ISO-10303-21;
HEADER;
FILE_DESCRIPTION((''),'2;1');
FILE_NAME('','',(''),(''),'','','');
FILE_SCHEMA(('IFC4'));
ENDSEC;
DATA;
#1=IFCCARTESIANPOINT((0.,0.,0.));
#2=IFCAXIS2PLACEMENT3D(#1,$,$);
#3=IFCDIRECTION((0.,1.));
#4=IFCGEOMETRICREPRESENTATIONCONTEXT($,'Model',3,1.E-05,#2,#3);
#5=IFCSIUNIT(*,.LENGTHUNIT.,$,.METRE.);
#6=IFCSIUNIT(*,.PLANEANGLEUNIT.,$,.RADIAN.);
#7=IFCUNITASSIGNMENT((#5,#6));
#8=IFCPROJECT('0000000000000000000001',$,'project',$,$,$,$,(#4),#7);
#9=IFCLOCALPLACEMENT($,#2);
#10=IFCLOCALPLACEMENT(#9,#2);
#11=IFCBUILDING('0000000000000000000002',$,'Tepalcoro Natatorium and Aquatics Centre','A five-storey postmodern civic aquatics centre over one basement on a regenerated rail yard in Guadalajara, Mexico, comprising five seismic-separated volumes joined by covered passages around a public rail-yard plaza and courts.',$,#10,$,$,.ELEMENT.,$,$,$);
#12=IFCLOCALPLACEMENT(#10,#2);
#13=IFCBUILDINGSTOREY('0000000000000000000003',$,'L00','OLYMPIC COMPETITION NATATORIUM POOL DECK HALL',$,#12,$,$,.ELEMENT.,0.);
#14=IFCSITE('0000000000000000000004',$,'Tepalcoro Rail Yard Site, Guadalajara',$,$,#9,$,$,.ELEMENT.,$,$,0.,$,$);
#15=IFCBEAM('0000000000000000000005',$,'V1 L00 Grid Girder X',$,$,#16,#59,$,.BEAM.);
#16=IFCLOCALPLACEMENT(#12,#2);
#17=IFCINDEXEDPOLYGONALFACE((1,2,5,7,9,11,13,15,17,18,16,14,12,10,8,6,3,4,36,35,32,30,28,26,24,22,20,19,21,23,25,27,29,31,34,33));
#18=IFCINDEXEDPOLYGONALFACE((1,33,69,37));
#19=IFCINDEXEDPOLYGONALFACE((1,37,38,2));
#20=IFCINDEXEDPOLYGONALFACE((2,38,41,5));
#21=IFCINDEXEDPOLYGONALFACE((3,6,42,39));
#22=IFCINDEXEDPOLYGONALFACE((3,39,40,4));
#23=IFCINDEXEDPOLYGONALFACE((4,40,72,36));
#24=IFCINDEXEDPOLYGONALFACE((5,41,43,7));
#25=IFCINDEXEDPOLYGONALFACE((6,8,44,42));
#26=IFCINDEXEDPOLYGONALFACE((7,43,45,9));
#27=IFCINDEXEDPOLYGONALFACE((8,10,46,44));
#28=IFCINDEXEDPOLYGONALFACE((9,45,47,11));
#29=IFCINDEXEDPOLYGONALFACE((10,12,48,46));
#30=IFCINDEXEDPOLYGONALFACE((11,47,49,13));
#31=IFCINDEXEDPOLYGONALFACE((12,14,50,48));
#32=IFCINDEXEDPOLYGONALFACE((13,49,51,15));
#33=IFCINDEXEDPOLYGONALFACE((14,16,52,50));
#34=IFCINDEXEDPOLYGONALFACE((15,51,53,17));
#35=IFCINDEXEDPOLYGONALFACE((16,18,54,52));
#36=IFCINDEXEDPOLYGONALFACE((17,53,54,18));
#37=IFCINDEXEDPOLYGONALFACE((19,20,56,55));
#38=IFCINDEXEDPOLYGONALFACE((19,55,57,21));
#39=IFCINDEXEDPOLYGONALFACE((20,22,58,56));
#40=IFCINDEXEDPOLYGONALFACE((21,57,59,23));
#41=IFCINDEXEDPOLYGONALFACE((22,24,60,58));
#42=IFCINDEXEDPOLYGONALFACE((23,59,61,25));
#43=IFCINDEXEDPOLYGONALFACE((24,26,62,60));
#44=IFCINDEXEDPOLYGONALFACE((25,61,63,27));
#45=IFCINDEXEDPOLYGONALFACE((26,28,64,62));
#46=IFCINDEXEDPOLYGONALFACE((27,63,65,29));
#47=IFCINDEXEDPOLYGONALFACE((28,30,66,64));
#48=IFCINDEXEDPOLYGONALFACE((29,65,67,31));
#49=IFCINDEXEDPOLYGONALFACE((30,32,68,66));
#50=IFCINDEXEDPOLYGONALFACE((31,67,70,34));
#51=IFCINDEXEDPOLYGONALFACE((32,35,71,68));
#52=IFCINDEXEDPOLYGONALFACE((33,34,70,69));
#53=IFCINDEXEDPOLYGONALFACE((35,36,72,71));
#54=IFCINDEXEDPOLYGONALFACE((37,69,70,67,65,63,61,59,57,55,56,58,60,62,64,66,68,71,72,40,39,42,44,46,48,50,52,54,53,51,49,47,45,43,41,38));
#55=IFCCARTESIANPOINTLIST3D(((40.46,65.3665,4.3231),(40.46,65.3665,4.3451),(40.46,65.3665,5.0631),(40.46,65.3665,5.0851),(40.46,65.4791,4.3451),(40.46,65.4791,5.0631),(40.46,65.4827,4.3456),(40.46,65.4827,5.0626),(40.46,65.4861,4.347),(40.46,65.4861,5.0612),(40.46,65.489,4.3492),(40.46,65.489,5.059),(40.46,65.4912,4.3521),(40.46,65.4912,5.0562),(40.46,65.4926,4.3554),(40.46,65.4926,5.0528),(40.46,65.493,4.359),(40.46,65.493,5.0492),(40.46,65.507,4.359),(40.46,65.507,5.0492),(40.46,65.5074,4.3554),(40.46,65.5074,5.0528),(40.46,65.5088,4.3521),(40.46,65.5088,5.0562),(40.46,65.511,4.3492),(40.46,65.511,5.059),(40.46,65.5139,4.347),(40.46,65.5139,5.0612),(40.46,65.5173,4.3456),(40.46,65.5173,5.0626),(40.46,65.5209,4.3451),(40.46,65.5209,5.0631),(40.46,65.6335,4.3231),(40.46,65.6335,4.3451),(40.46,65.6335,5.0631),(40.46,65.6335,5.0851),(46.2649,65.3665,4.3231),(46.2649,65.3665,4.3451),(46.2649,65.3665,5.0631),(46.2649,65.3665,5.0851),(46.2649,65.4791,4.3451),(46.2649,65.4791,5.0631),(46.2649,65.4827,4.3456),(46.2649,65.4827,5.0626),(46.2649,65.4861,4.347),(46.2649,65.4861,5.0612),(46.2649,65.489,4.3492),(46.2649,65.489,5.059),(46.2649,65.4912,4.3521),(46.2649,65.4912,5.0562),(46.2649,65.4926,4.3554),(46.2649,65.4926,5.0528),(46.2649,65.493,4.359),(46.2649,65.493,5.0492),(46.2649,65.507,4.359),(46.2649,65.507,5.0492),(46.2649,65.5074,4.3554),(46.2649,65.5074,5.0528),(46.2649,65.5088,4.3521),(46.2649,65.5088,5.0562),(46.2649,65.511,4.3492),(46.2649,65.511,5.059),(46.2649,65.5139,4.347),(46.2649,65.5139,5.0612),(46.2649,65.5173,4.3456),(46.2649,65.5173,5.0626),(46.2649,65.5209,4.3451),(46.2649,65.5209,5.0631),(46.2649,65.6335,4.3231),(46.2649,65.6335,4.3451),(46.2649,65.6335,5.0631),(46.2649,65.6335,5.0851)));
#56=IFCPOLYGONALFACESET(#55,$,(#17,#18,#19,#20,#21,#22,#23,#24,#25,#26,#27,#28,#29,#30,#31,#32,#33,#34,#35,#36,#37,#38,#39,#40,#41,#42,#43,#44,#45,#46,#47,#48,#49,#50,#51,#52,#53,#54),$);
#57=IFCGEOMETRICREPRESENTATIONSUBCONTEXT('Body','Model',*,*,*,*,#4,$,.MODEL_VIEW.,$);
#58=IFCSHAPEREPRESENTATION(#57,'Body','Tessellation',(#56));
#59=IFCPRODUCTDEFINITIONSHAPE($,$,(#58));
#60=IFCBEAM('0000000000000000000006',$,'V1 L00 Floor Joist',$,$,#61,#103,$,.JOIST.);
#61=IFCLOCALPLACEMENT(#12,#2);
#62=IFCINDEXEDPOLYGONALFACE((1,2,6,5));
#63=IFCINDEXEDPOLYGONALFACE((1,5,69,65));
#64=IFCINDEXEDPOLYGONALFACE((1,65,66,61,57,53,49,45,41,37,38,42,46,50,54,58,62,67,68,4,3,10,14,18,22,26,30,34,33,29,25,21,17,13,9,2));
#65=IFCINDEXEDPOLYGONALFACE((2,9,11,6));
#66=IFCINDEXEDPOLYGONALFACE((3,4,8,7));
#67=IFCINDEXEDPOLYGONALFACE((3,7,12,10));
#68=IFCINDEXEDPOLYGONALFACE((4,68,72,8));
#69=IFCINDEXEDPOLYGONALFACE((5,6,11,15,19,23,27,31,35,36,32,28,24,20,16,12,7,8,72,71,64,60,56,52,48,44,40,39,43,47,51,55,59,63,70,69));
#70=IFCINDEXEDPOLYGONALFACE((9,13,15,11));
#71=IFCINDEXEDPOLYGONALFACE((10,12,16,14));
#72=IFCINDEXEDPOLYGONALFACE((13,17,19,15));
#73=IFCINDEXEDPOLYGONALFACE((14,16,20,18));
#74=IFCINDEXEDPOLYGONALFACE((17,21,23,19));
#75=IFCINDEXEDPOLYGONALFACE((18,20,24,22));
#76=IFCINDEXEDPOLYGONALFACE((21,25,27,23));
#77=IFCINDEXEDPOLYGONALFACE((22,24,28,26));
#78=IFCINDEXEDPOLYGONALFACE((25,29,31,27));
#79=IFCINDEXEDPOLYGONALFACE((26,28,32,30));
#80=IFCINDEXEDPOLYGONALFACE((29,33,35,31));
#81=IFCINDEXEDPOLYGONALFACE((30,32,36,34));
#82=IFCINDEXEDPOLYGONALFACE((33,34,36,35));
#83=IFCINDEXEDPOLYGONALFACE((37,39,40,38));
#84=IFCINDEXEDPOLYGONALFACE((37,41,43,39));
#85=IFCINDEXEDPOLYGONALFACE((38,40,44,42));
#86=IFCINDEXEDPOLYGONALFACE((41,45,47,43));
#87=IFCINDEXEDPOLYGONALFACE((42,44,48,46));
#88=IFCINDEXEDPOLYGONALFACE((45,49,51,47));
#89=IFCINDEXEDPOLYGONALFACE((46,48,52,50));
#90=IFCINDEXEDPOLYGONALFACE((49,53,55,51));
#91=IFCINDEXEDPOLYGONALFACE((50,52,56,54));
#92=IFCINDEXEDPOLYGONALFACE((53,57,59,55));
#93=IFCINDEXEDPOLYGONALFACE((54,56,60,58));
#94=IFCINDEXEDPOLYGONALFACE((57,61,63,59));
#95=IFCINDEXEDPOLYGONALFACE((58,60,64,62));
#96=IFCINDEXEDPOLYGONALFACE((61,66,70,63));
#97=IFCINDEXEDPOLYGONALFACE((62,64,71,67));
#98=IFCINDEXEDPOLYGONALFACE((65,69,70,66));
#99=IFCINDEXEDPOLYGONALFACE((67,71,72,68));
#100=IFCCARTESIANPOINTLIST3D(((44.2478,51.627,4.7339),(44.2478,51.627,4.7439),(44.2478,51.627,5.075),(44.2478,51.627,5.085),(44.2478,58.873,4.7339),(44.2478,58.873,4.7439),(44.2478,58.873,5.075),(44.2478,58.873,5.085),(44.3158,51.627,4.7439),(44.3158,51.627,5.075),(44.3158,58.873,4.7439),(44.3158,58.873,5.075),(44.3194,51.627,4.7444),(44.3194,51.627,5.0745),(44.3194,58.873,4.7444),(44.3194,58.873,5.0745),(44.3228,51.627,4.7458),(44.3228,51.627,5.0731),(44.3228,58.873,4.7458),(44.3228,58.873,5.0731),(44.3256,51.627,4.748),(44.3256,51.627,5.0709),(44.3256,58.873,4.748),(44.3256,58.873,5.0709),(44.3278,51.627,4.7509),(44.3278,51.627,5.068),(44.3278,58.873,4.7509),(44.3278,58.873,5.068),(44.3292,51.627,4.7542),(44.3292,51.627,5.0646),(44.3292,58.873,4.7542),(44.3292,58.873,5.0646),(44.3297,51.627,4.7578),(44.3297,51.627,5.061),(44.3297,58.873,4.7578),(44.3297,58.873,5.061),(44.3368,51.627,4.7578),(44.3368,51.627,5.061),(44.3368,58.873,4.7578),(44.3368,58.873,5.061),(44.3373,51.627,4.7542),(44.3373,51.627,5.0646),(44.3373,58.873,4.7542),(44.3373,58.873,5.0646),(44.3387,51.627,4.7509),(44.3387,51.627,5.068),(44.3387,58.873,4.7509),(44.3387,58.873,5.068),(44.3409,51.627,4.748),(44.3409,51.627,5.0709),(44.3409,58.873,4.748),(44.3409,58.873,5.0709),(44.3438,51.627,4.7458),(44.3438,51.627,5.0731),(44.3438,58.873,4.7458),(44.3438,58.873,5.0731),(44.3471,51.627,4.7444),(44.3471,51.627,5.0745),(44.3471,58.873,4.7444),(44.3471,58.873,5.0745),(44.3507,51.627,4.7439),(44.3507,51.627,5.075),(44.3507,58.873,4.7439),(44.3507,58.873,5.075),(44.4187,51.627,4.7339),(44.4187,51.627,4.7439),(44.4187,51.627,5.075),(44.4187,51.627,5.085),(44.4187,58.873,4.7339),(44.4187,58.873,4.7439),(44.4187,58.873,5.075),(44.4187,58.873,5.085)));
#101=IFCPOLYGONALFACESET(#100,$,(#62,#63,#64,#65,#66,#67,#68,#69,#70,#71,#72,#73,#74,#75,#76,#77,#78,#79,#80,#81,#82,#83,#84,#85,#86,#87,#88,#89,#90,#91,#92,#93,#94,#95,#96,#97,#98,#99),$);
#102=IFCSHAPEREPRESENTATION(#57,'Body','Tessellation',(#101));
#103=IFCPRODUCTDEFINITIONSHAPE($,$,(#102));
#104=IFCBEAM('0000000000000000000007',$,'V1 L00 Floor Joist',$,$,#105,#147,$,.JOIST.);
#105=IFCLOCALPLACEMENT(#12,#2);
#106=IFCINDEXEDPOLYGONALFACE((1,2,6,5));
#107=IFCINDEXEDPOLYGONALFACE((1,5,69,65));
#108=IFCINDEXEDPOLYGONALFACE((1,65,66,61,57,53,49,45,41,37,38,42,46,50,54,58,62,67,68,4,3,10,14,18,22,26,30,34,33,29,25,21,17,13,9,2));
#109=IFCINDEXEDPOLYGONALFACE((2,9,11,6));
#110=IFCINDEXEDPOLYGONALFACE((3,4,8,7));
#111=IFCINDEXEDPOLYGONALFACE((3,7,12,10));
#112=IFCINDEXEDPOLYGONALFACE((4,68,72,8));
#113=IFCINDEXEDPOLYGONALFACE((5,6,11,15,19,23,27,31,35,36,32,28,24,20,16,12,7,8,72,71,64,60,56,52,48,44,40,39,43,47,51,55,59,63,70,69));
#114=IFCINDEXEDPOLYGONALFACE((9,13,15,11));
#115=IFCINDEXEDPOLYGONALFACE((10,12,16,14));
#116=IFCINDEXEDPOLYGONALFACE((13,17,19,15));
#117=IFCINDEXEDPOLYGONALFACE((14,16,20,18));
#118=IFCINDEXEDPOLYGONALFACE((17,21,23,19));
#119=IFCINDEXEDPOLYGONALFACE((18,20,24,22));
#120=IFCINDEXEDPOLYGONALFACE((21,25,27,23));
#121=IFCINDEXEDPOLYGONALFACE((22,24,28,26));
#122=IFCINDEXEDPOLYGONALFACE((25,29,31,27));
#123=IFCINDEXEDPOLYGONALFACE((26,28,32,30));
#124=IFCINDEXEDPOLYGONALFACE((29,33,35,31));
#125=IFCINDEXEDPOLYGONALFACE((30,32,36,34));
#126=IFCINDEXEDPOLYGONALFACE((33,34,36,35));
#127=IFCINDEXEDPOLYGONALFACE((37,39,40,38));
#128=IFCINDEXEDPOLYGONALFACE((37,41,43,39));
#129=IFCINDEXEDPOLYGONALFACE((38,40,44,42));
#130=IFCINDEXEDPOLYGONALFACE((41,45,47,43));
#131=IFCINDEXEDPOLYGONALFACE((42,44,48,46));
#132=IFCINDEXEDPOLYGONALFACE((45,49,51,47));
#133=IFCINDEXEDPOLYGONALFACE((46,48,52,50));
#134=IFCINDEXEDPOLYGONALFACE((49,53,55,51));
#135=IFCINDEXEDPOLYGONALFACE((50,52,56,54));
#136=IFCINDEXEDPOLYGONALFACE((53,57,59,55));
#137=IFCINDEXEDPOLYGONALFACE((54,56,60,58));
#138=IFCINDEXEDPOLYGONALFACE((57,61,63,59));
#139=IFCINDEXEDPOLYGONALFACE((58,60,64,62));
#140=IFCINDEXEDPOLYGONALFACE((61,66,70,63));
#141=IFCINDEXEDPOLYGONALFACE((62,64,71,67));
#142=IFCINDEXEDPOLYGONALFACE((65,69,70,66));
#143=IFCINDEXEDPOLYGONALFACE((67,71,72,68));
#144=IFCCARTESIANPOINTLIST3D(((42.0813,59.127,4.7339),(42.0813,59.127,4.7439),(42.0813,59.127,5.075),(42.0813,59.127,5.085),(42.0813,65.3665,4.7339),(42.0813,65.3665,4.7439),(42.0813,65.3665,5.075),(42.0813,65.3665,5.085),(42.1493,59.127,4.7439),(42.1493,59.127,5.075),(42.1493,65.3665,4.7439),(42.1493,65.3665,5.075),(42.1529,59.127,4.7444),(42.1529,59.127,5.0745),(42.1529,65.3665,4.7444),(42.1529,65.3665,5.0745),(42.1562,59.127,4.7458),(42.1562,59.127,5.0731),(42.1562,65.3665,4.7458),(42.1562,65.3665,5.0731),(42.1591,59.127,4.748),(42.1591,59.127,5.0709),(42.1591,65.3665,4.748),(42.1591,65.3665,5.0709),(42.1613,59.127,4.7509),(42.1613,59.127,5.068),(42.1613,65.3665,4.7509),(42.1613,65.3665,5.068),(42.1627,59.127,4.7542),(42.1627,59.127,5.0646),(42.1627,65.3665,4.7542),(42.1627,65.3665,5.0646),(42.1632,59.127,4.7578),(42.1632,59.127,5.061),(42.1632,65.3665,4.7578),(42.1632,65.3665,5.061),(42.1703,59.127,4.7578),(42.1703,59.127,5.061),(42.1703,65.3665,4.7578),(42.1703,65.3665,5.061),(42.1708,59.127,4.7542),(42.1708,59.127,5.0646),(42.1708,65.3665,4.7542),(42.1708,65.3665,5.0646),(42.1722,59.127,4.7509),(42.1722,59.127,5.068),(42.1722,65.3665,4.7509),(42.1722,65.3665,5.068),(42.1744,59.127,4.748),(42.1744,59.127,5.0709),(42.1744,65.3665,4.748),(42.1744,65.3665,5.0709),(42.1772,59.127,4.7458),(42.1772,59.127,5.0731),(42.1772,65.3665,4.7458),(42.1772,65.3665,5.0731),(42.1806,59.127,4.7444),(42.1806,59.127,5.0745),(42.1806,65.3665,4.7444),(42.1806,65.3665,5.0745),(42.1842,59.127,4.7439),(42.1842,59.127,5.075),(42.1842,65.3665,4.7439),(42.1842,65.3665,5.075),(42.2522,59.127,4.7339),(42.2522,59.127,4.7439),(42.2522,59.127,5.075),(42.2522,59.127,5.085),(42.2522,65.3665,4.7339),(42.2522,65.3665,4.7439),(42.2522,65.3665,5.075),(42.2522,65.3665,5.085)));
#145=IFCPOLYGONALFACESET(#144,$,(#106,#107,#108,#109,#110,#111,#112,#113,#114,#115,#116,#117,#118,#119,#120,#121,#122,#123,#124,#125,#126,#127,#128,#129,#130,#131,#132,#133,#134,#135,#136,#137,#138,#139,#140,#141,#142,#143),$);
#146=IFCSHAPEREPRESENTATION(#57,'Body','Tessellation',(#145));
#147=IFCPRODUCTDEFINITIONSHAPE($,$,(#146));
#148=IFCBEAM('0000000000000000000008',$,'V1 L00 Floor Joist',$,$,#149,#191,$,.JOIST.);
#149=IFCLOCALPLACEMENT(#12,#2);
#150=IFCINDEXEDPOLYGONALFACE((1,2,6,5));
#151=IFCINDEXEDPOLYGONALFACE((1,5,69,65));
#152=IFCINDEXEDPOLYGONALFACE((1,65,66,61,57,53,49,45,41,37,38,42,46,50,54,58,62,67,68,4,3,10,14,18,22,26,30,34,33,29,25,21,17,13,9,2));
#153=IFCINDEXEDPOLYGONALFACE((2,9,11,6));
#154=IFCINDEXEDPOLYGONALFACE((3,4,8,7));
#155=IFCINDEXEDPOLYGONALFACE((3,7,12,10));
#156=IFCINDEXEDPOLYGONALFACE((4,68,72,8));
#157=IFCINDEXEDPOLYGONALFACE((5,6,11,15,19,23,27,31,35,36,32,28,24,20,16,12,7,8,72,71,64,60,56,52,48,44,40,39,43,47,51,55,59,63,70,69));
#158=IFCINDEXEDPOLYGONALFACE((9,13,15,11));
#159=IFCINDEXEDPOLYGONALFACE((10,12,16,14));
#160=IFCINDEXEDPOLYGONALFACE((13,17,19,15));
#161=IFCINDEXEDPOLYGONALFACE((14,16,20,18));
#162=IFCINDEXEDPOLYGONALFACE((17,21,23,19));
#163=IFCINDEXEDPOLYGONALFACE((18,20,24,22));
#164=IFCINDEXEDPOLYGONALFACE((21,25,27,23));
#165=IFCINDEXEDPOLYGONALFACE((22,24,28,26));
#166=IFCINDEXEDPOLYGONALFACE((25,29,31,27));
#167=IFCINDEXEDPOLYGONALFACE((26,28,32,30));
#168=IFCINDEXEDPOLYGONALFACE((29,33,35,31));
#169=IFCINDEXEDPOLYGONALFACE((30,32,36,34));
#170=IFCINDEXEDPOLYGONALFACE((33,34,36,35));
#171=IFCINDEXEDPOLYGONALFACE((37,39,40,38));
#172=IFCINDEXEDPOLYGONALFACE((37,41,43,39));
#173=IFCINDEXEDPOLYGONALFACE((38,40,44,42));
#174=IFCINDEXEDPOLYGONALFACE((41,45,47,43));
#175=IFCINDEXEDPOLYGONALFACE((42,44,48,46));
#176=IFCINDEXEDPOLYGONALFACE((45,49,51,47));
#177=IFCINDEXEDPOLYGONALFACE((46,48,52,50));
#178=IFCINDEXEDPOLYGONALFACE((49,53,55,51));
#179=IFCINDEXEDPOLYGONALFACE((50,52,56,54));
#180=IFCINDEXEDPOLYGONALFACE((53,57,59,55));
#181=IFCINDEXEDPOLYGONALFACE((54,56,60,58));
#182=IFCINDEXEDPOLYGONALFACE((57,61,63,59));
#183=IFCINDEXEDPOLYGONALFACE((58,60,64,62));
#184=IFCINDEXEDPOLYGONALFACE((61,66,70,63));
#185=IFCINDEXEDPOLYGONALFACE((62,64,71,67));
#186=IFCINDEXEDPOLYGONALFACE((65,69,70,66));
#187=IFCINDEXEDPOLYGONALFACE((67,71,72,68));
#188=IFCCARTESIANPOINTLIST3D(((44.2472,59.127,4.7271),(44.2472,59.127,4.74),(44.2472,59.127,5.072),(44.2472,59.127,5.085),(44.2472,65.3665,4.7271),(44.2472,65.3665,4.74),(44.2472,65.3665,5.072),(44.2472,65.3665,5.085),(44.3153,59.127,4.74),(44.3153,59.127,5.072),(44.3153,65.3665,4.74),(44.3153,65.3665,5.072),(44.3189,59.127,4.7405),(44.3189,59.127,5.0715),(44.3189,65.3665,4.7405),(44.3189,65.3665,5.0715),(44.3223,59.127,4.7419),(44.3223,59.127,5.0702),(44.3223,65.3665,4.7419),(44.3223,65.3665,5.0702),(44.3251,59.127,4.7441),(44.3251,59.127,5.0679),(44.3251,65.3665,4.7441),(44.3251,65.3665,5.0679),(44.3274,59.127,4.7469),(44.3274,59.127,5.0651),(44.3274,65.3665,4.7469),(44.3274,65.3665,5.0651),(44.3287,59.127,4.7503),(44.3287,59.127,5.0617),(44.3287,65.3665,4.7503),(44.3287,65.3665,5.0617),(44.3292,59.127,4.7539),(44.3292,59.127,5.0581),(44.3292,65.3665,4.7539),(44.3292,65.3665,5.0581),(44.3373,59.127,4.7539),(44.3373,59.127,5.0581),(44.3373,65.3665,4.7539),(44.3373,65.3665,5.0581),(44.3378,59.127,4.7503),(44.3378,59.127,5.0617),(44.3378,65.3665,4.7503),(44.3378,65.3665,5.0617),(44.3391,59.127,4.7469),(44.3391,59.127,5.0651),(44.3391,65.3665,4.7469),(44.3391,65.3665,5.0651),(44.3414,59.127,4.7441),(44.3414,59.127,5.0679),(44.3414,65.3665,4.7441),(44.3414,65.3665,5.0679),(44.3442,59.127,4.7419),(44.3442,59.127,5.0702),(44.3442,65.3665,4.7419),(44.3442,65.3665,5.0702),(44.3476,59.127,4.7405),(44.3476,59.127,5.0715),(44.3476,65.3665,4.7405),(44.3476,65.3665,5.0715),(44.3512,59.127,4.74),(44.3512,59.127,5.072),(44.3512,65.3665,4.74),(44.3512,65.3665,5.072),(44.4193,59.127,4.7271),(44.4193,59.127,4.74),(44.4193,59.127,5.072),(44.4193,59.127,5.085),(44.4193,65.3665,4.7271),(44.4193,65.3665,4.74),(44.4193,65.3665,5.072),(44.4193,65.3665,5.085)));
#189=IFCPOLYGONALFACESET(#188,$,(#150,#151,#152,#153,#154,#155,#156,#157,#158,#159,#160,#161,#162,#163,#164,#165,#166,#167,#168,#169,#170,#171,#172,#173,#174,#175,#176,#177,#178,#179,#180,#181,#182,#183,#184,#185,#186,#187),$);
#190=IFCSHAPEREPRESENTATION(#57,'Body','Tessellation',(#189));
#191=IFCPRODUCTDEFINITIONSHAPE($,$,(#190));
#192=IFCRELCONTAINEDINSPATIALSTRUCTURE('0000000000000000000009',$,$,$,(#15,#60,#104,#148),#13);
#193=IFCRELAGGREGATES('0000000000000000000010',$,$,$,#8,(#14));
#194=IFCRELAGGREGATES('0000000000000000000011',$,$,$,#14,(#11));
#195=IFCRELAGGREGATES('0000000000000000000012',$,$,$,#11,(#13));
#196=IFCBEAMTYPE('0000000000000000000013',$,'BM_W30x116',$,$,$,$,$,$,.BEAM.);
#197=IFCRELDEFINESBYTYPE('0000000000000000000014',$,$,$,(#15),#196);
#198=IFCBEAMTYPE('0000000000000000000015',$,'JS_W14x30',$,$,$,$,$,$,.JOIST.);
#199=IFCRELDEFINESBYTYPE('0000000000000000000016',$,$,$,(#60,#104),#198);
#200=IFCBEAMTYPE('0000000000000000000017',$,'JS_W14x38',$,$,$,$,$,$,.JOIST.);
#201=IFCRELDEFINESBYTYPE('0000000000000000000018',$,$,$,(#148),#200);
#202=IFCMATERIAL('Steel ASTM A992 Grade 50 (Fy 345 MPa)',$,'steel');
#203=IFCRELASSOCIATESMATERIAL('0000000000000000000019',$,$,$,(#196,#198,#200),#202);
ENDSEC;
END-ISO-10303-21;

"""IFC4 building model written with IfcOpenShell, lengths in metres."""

from ifc_helpers import new_model, si_unit, direction, frame, origin, origin_2d, place, context, subcontext, project, spatial, i_section, extrude, material, material_profile, profile_set, type_object, element, save


model = new_model("IFC4")

# Units and contexts
model_context = context("Model", 3, precision=1e-05, world=origin(), true_north=direction((0.0, 1.0)))
body_context = subcontext(model_context, "Body", "Model", "MODEL_VIEW")
ifc_project = project(units=[si_unit("LENGTHUNIT", "METRE"), si_unit("PLANEANGLEUNIT", "RADIAN")], contexts=[model_context])

# Site, building, storey
site_placement = place(None, origin())
site = spatial("IfcSite", under=ifc_project, at=site_placement, Name="Tepalcoro Rail Yard Site, Guadalajara", CompositionType="ELEMENT", RefElevation=0.0)
building_placement = place(site_placement, origin())
building = spatial("IfcBuilding", under=site, at=building_placement, Name="Tepalcoro Natatorium and Aquatics Centre", Description="A five-storey postmodern civic aquatics centre over one basement on a regenerated rail yard in Guadalajara, Mexico, comprising five seismic-separated volumes joined by covered passages around a public rail-yard plaza and courts.", CompositionType="ELEMENT")
storey_placement = place(building_placement, origin())
storey = spatial("IfcBuildingStorey", under=building, at=storey_placement, Name="L00", Description="OLYMPIC COMPETITION NATATORIUM POOL DECK HALL", CompositionType="ELEMENT", Elevation=0.0)

# Beams
ifc_material_1 = material(Name="Steel ASTM A992 Grade 50 (Fy 345 MPa)", Category="steel")
ifc_material_profile_1 = material_profile(ifc_material_1, i_section(OverallWidth=0.2671, OverallDepth=0.762, WebThickness=0.0139, FlangeThickness=0.022, FilletRadius=0.0139, at=origin_2d()), Name="W30X116")
ifc_profile_set_1 = profile_set([ifc_material_profile_1], Name="Steel ASTM A992 Grade 50 (Fy 345 MPa)")
beam_type_1 = type_object("IfcBeamType", Name="BM_W30x116", PredefinedType="BEAM", material=ifc_profile_set_1)
beam_1_placement = place(storey_placement, frame((40.46, 65.5, 4.7041), z_axis=(1.0, 0.0, 0.0), x_axis=(0.0, 1.0, 0.0)))
element("IfcBeam", 1, at=beam_1_placement, inside=storey, type_object=beam_type_1, Name="V1 L00 Grid Girder X", PredefinedType="BEAM", context=body_context, shape_type="SweptSolid", body=[
    extrude(i_section(OverallWidth=0.2671, OverallDepth=0.762, WebThickness=0.0139, FlangeThickness=0.022, FilletRadius=0.0139, at=origin_2d()), origin(), (0.0, 0.0, 1.0), 5.8049),
])
ifc_material_profile_2 = material_profile(ifc_material_1, i_section(OverallWidth=0.1709, OverallDepth=0.3511, WebThickness=0.0071, FlangeThickness=0.01, FilletRadius=0.0139, at=origin_2d()), Name="W14X30")
ifc_profile_set_2 = profile_set([ifc_material_profile_2], Name="Steel ASTM A992 Grade 50 (Fy 345 MPa)")
beam_type_2 = type_object("IfcBeamType", Name="JS_W14x30", PredefinedType="JOIST", material=ifc_profile_set_2)
beam_2_placement = place(storey_placement, frame((44.3333, 51.627, 4.9094), z_axis=(0.0, 1.0, 0.0), x_axis=(-1.0, 0.0, 0.0)))
element("IfcBeam", 2, at=beam_2_placement, inside=storey, type_object=beam_type_2, Name="V1 L00 Floor Joist", PredefinedType="JOIST", context=body_context, shape_type="SweptSolid", body=[
    extrude(i_section(OverallWidth=0.1709, OverallDepth=0.3511, WebThickness=0.0071, FlangeThickness=0.01, FilletRadius=0.0139, at=origin_2d()), origin(), (0.0, 0.0, 1.0), 7.2461),
])
beam_3_placement = place(storey_placement, frame((42.1667, 59.127, 4.9094), z_axis=(0.0, 1.0, 0.0), x_axis=(-1.0, 0.0, 0.0)))
element("IfcBeam", 3, at=beam_3_placement, inside=storey, type_object=beam_type_2, Name="V1 L00 Floor Joist", PredefinedType="JOIST", context=body_context, shape_type="SweptSolid", body=[
    extrude(i_section(OverallWidth=0.1709, OverallDepth=0.3511, WebThickness=0.0071, FlangeThickness=0.01, FilletRadius=0.0139, at=origin_2d()), origin(), (0.0, 0.0, 1.0), 6.2395),
])
ifc_material_profile_3 = material_profile(ifc_material_1, i_section(OverallWidth=0.1721, OverallDepth=0.3579, WebThickness=0.0081, FlangeThickness=0.0129, FilletRadius=0.0139, at=origin_2d()), Name="W14X38")
ifc_profile_set_3 = profile_set([ifc_material_profile_3], Name="Steel ASTM A992 Grade 50 (Fy 345 MPa)")
beam_type_3 = type_object("IfcBeamType", Name="JS_W14x38", PredefinedType="JOIST", material=ifc_profile_set_3)
beam_4_placement = place(storey_placement, frame((44.3333, 59.127, 4.906), z_axis=(0.0, 1.0, 0.0), x_axis=(-1.0, 0.0, 0.0)))
element("IfcBeam", 4, at=beam_4_placement, inside=storey, type_object=beam_type_3, Name="V1 L00 Floor Joist", PredefinedType="JOIST", context=body_context, shape_type="SweptSolid", body=[
    extrude(i_section(OverallWidth=0.1721, OverallDepth=0.3579, WebThickness=0.0081, FlangeThickness=0.0129, FilletRadius=0.0139, at=origin_2d()), origin(), (0.0, 0.0, 1.0), 6.2395),
])

save(model, "model.ifc")
